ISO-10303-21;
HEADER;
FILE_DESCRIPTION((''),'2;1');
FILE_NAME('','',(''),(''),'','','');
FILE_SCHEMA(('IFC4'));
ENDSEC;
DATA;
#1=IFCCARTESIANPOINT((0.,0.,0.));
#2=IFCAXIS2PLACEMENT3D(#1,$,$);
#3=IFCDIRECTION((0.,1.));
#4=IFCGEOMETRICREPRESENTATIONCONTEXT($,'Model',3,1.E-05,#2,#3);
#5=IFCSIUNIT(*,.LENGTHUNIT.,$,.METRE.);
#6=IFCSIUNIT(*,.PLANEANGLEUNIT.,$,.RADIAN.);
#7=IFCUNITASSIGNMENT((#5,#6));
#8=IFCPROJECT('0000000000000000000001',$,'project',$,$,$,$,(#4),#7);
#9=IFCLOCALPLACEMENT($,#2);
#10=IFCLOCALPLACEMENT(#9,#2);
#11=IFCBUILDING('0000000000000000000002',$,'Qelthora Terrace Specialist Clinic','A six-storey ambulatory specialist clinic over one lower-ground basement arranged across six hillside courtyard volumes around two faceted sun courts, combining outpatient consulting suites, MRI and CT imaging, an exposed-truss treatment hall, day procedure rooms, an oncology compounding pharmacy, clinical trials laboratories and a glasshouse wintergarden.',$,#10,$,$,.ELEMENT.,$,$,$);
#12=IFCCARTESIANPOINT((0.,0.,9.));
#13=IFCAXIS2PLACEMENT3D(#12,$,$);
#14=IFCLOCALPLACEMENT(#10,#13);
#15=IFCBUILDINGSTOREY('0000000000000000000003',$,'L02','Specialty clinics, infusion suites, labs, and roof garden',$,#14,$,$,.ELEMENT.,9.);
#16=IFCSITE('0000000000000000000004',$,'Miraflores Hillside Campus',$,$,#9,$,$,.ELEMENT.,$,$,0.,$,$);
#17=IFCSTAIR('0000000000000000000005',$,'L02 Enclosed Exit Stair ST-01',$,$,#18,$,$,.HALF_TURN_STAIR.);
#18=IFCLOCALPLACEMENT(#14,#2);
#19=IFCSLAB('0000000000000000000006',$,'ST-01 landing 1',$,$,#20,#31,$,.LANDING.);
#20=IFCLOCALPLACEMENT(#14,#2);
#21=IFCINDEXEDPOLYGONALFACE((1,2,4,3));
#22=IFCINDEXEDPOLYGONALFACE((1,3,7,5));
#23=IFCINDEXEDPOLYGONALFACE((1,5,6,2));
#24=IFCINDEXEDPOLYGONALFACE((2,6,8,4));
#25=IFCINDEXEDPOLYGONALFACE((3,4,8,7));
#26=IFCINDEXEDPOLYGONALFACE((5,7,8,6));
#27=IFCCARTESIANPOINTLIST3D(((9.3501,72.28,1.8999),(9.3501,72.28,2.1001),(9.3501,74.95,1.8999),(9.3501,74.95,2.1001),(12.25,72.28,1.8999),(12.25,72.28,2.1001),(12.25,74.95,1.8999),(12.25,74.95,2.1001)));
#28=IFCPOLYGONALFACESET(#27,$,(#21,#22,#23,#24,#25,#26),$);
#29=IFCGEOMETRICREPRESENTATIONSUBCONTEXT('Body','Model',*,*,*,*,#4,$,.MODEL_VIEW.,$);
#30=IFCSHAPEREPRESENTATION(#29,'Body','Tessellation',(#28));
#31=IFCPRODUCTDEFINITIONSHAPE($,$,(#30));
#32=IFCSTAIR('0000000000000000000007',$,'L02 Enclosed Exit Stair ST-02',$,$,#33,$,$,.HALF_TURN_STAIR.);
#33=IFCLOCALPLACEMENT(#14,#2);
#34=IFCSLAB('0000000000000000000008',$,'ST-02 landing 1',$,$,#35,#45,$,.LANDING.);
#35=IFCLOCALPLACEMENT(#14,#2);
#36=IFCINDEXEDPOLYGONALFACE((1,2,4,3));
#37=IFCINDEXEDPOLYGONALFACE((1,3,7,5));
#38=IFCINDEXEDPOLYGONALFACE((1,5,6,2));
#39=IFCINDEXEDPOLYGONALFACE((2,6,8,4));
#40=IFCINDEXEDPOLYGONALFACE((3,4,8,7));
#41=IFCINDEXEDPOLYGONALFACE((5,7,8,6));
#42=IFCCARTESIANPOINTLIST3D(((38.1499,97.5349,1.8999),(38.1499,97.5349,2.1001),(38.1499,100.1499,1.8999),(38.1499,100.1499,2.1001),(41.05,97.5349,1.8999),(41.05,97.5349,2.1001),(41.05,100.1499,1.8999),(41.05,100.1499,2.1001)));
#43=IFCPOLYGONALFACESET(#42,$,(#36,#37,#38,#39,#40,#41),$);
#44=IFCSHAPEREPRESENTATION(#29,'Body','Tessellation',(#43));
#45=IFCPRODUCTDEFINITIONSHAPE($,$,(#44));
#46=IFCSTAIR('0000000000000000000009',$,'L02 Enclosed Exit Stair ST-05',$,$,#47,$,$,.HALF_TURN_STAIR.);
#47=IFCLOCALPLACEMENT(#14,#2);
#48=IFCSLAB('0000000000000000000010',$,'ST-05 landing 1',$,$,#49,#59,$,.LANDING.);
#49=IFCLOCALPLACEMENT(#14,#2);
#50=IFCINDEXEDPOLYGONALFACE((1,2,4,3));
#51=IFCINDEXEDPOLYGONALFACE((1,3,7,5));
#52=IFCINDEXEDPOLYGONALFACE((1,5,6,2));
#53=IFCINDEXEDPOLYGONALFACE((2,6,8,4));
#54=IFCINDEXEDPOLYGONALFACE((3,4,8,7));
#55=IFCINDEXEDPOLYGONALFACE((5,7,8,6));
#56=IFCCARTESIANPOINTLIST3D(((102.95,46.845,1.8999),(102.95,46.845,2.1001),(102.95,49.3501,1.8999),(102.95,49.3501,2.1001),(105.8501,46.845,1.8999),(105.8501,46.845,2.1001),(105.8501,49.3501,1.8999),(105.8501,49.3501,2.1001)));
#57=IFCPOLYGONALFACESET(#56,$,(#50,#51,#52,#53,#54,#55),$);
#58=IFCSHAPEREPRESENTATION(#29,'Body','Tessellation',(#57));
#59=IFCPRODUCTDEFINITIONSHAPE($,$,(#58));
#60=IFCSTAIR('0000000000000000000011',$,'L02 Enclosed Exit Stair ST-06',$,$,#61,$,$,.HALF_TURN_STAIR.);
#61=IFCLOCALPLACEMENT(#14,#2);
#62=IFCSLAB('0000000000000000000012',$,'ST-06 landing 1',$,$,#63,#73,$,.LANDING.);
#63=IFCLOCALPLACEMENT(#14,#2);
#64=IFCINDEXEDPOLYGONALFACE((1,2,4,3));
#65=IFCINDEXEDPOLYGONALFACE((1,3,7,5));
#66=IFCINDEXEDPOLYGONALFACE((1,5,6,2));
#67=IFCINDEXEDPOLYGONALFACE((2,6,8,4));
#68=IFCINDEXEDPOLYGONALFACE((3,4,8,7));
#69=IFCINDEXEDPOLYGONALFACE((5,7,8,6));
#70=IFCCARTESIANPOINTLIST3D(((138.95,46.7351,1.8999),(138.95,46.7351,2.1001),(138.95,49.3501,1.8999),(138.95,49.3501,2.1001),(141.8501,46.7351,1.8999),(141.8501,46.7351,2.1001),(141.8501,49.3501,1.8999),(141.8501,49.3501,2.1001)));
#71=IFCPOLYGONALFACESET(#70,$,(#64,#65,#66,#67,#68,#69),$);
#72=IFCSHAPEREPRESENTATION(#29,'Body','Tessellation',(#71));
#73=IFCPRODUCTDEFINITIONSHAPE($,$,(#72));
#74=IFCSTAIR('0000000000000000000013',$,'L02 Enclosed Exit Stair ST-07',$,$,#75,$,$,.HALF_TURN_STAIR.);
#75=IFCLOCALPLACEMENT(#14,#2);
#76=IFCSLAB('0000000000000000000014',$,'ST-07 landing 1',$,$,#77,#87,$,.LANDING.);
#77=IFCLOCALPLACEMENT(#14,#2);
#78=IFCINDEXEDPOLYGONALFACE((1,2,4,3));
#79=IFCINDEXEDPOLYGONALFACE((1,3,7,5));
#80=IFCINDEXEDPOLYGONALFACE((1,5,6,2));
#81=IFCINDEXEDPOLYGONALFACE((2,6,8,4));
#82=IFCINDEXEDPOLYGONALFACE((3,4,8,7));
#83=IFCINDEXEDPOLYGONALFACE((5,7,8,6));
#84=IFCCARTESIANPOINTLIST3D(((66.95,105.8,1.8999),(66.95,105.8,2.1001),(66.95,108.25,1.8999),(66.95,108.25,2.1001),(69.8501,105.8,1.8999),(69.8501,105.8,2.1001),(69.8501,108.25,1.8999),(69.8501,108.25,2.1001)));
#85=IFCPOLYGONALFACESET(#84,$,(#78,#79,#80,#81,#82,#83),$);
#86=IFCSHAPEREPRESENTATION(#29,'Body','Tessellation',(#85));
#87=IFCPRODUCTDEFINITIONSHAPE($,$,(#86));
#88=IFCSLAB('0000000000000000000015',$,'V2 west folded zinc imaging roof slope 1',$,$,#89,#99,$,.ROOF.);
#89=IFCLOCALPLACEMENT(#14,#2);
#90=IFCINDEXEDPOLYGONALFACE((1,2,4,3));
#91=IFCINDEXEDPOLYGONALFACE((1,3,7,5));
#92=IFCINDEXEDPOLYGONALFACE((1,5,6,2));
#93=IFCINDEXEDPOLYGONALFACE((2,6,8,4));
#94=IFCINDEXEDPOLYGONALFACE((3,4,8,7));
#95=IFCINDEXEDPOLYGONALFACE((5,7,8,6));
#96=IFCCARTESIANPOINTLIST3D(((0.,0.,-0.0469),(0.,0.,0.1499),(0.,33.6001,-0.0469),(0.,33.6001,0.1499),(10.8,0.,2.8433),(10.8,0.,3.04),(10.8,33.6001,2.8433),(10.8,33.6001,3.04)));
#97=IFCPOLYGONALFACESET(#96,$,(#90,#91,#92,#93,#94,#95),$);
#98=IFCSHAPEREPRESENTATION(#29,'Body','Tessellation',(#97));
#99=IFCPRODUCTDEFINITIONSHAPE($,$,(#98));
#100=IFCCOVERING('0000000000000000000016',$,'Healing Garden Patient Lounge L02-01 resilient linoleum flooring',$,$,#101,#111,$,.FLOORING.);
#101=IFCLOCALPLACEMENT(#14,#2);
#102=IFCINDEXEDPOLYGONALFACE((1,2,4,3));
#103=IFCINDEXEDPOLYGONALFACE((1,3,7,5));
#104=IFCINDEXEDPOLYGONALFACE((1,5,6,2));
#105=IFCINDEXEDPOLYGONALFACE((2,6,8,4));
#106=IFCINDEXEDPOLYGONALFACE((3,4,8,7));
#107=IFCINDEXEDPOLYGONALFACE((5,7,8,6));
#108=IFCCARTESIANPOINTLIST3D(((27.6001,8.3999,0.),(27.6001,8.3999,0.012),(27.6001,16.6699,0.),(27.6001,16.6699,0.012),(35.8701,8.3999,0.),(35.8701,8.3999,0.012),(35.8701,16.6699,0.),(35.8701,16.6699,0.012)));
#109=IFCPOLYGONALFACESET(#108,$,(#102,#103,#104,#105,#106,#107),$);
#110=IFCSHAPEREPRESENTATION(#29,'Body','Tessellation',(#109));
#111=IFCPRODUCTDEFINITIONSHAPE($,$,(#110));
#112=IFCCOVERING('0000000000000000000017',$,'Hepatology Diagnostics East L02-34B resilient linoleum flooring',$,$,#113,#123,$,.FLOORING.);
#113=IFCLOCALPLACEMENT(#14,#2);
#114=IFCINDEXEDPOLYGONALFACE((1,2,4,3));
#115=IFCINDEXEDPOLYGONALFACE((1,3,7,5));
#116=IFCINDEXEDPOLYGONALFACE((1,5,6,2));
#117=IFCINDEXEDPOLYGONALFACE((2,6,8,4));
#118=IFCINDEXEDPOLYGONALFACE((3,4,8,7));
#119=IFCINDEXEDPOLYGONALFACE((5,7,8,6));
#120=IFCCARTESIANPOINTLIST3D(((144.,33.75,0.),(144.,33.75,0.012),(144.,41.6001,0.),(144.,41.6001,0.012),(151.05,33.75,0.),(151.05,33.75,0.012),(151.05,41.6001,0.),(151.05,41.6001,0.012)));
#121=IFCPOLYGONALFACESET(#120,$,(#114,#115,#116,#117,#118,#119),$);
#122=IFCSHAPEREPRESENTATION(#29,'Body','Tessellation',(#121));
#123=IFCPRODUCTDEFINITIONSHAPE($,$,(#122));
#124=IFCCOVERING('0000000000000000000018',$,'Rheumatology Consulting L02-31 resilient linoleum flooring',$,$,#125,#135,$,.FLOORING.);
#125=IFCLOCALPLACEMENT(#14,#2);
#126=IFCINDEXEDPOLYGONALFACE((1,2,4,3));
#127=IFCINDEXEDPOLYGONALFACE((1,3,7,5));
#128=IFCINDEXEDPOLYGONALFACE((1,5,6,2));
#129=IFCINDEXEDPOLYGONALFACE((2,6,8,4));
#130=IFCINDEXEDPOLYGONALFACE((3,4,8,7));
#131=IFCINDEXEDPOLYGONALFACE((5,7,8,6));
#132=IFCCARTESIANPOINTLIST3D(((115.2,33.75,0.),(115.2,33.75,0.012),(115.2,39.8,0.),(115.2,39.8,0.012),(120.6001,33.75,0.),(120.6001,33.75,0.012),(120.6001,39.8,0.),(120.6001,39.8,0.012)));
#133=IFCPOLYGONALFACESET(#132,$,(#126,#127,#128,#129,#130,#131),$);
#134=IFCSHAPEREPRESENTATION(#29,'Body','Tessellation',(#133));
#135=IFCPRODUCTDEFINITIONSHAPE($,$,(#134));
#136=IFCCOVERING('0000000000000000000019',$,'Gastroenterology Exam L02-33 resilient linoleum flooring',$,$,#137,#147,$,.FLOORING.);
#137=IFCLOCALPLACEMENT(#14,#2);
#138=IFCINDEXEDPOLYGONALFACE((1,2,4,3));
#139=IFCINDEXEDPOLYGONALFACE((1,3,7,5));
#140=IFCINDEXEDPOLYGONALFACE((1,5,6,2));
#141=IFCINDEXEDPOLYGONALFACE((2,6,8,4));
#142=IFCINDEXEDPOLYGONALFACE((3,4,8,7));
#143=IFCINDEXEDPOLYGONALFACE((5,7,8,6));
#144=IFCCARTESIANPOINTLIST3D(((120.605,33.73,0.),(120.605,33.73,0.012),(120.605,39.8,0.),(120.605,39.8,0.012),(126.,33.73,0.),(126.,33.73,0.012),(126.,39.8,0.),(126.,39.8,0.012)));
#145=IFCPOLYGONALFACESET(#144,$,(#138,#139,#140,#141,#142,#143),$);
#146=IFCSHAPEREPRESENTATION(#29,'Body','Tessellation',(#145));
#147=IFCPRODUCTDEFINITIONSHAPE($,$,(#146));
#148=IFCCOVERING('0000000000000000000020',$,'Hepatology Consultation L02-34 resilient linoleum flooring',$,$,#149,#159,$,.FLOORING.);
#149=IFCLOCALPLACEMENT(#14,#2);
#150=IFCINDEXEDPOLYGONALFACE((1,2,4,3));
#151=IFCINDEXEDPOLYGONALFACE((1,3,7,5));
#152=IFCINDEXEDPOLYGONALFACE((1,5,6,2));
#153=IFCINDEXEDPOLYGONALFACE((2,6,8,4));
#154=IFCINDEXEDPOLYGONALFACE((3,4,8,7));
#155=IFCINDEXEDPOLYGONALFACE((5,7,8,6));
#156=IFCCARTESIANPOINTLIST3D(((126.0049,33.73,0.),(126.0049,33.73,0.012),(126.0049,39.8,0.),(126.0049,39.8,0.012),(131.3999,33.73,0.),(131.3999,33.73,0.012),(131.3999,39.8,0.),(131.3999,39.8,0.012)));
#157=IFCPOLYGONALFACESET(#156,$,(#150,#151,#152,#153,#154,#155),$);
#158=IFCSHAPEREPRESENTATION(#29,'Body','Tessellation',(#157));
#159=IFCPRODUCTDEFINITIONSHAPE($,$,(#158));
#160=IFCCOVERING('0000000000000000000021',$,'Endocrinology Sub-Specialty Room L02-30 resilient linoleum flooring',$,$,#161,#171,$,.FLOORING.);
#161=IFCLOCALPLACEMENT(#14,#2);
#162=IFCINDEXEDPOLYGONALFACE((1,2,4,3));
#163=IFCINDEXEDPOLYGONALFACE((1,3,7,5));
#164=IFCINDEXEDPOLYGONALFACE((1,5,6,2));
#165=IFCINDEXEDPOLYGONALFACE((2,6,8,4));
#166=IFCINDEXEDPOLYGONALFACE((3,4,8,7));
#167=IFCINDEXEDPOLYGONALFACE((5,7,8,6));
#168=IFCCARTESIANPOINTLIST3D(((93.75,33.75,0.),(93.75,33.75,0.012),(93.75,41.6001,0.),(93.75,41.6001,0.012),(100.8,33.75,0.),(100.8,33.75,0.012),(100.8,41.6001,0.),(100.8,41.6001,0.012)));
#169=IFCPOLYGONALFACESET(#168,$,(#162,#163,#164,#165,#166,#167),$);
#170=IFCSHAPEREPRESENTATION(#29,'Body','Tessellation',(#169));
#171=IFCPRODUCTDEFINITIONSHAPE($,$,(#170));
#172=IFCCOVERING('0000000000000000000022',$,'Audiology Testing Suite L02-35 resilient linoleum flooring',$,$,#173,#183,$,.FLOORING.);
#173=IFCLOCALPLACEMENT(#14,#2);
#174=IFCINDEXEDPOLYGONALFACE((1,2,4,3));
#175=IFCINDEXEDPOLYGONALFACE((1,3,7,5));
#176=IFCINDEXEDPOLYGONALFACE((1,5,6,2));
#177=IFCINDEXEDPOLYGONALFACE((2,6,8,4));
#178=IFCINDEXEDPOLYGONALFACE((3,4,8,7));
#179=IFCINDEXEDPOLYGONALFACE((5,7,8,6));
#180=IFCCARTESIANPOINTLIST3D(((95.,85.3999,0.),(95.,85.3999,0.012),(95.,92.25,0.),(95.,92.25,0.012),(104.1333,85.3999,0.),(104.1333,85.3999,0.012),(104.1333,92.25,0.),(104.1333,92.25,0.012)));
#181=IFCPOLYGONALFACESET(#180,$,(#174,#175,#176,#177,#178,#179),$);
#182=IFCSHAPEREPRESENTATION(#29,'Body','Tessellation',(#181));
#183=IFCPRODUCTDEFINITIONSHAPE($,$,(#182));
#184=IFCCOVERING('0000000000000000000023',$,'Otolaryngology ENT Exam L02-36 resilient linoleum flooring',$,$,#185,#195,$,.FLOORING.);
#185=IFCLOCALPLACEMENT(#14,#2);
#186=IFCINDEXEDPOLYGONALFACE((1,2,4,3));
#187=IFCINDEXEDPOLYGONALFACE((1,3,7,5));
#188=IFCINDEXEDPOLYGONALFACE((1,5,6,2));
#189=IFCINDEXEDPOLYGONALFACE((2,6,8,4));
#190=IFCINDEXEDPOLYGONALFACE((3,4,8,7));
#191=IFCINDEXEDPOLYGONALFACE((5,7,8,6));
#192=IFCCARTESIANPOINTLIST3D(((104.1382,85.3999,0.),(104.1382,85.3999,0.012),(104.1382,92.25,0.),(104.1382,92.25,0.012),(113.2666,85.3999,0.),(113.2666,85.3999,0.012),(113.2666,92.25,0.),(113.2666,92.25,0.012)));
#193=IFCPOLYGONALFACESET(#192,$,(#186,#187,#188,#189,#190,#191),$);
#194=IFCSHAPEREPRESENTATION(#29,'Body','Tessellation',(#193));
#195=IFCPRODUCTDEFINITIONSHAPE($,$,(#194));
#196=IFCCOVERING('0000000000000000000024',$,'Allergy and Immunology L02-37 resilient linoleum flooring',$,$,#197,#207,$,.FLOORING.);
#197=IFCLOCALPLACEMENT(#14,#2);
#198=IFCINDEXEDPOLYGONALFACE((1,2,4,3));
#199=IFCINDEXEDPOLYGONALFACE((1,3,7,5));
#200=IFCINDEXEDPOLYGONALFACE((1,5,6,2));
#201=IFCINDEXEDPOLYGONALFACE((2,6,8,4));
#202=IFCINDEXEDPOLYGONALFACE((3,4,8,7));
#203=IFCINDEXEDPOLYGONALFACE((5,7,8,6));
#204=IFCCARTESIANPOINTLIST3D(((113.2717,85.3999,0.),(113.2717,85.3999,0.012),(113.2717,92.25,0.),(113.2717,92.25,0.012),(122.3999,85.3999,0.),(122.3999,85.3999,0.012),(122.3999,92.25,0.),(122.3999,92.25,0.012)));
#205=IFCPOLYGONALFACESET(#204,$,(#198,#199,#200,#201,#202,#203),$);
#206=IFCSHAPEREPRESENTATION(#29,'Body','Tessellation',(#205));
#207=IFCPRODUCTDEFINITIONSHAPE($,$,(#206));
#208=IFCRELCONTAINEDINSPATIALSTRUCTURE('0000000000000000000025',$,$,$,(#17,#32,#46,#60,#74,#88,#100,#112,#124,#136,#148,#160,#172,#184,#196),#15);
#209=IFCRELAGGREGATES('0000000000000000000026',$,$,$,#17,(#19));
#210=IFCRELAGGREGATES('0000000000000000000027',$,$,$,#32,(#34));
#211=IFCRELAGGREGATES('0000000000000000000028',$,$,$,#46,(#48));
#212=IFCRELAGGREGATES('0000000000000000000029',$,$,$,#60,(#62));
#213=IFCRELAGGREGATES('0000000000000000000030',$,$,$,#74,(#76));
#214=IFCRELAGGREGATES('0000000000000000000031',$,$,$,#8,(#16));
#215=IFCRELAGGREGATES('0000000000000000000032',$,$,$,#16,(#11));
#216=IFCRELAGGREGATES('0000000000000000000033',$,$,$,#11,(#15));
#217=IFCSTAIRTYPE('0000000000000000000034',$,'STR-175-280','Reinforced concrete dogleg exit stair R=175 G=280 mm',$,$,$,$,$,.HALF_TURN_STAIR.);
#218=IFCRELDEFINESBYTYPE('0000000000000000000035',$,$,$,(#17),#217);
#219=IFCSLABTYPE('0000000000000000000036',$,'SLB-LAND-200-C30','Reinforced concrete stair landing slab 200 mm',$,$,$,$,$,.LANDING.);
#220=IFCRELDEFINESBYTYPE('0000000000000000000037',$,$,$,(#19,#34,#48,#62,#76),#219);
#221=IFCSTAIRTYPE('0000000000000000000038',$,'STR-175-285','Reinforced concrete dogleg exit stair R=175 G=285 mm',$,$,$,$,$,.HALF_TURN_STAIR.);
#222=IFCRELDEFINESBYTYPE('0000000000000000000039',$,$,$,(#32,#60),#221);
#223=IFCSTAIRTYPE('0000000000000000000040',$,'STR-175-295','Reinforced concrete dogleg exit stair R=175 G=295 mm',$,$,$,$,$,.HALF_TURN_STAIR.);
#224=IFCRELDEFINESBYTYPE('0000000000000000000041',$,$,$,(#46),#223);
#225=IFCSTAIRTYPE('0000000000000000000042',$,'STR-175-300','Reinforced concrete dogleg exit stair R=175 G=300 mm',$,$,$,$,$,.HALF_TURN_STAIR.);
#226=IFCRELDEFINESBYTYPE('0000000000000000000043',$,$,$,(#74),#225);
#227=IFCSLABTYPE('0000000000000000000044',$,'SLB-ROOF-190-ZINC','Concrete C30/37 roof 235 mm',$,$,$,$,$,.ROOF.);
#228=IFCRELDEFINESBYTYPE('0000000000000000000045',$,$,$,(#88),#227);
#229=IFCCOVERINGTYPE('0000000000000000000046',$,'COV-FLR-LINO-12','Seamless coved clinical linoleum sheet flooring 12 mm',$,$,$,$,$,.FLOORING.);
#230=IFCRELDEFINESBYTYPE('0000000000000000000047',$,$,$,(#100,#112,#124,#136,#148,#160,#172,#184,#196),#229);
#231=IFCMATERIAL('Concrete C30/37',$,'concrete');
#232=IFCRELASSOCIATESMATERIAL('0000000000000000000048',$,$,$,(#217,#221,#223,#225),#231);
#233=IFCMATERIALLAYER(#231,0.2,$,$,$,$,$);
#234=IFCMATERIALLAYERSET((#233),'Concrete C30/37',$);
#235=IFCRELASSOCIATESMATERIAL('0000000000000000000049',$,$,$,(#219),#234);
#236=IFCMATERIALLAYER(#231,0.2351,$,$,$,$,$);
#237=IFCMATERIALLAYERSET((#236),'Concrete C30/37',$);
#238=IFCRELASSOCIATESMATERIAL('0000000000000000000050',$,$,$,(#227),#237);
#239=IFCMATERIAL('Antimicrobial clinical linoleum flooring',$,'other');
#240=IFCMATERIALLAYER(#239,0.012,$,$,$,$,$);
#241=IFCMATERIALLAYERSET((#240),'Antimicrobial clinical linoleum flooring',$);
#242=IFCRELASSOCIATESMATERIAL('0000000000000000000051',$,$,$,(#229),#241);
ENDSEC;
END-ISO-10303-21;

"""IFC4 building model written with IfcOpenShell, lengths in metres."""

from ifc_helpers import new_model, si_unit, direction, frame, origin, place, context, subcontext, project, spatial, polyline, outline, extrude, material, layer, layer_set, type_object, element, aggregate, save


model = new_model("IFC4")

# Units and contexts
model_context = context("Model", 3, precision=1e-05, world=origin(), true_north=direction((0.0, 1.0)))
body_context = subcontext(model_context, "Body", "Model", "MODEL_VIEW")
ifc_project = project(units=[si_unit("LENGTHUNIT", "METRE"), si_unit("PLANEANGLEUNIT", "RADIAN")], contexts=[model_context])

# Site, building, storey
site_placement = place(None, origin())
site = spatial("IfcSite", under=ifc_project, at=site_placement, Name="Miraflores Hillside Campus", CompositionType="ELEMENT", RefElevation=0.0)
building_placement = place(site_placement, origin())
building = spatial("IfcBuilding", under=site, at=building_placement, Name="Qelthora Terrace Specialist Clinic", Description="A six-storey ambulatory specialist clinic over one lower-ground basement arranged across six hillside courtyard volumes around two faceted sun courts, combining outpatient consulting suites, MRI and CT imaging, an exposed-truss treatment hall, day procedure rooms, an oncology compounding pharmacy, clinical trials laboratories and a glasshouse wintergarden.", CompositionType="ELEMENT")
storey_placement = place(building_placement, frame((0.0, 0.0, 9.0)))
storey = spatial("IfcBuildingStorey", under=building, at=storey_placement, Name="L02", Description="Specialty clinics, infusion suites, labs, and roof garden", CompositionType="ELEMENT", Elevation=9.0)

# Stairs, slabs
ifc_material_1 = material(Name="Concrete C30/37", Category="concrete")
stair_type_1 = type_object("IfcStairType", Name="STR-175-280", Description="Reinforced concrete dogleg exit stair R=175 G=280 mm", PredefinedType="HALF_TURN_STAIR", material=ifc_material_1)
stair_1_placement = place(storey_placement, origin())
stair_1 = element("IfcStair", 1, at=stair_1_placement, inside=storey, type_object=stair_type_1, Name="L02 Enclosed Exit Stair ST-01", PredefinedType="HALF_TURN_STAIR")
ifc_layer_1 = layer(ifc_material_1, 0.2)
ifc_layer_set_1 = layer_set([ifc_layer_1], Name="Concrete C30/37")
slab_type_1 = type_object("IfcSlabType", Name="SLB-LAND-200-C30", Description="Reinforced concrete stair landing slab 200 mm", PredefinedType="LANDING", material=ifc_layer_set_1)
slab_1_placement = place(storey_placement, frame((0.0, 0.0, 1.8999)))
slab_1 = element("IfcSlab", 2, at=slab_1_placement, type_object=slab_type_1, Name="ST-01 landing 1", PredefinedType="LANDING", context=body_context, shape_type="SweptSolid", body=[
    extrude(outline(polyline([(12.25, 72.28), (12.25, 74.95), (9.3501, 74.95), (9.3501, 72.28), (12.25, 72.28)])), origin(), (0.0, 0.0, 1.0), 0.2002),
])
aggregate(stair_1, [slab_1])
stair_type_2 = type_object("IfcStairType", Name="STR-175-285", Description="Reinforced concrete dogleg exit stair R=175 G=285 mm", PredefinedType="HALF_TURN_STAIR", material=ifc_material_1)
stair_2_placement = place(storey_placement, origin())
stair_2 = element("IfcStair", 3, at=stair_2_placement, inside=storey, type_object=stair_type_2, Name="L02 Enclosed Exit Stair ST-02", PredefinedType="HALF_TURN_STAIR")
slab_2_placement = place(storey_placement, frame((0.0, 0.0, 1.8999)))
slab_2 = element("IfcSlab", 4, at=slab_2_placement, type_object=slab_type_1, Name="ST-02 landing 1", PredefinedType="LANDING", context=body_context, shape_type="SweptSolid", body=[
    extrude(outline(polyline([(41.05, 97.5349), (41.05, 100.1499), (38.1499, 100.1499), (38.1499, 97.5349), (41.05, 97.5349)])), origin(), (0.0, 0.0, 1.0), 0.2002),
])
aggregate(stair_2, [slab_2])
stair_type_3 = type_object("IfcStairType", Name="STR-175-295", Description="Reinforced concrete dogleg exit stair R=175 G=295 mm", PredefinedType="HALF_TURN_STAIR", material=ifc_material_1)
stair_3_placement = place(storey_placement, origin())
stair_3 = element("IfcStair", 5, at=stair_3_placement, inside=storey, type_object=stair_type_3, Name="L02 Enclosed Exit Stair ST-05", PredefinedType="HALF_TURN_STAIR")
slab_3_placement = place(storey_placement, frame((0.0, 0.0, 1.8999)))
slab_3 = element("IfcSlab", 6, at=slab_3_placement, type_object=slab_type_1, Name="ST-05 landing 1", PredefinedType="LANDING", context=body_context, shape_type="SweptSolid", body=[
    extrude(outline(polyline([(105.8501, 46.845), (105.8501, 49.3501), (102.95, 49.3501), (102.95, 46.845), (105.8501, 46.845)])), origin(), (0.0, 0.0, 1.0), 0.2002),
])
aggregate(stair_3, [slab_3])
stair_4_placement = place(storey_placement, origin())
stair_4 = element("IfcStair", 7, at=stair_4_placement, inside=storey, type_object=stair_type_2, Name="L02 Enclosed Exit Stair ST-06", PredefinedType="HALF_TURN_STAIR")
slab_4_placement = place(storey_placement, frame((0.0, 0.0, 1.8999)))
slab_4 = element("IfcSlab", 8, at=slab_4_placement, type_object=slab_type_1, Name="ST-06 landing 1", PredefinedType="LANDING", context=body_context, shape_type="SweptSolid", body=[
    extrude(outline(polyline([(141.8501, 46.7351), (141.8501, 49.3501), (138.95, 49.3501), (138.95, 46.7351), (141.8501, 46.7351)])), origin(), (0.0, 0.0, 1.0), 0.2002),
])
aggregate(stair_4, [slab_4])
stair_type_4 = type_object("IfcStairType", Name="STR-175-300", Description="Reinforced concrete dogleg exit stair R=175 G=300 mm", PredefinedType="HALF_TURN_STAIR", material=ifc_material_1)
stair_5_placement = place(storey_placement, origin())
stair_5 = element("IfcStair", 9, at=stair_5_placement, inside=storey, type_object=stair_type_4, Name="L02 Enclosed Exit Stair ST-07", PredefinedType="HALF_TURN_STAIR")
slab_5_placement = place(storey_placement, frame((0.0, 0.0, 1.8999)))
slab_5 = element("IfcSlab", 10, at=slab_5_placement, type_object=slab_type_1, Name="ST-07 landing 1", PredefinedType="LANDING", context=body_context, shape_type="SweptSolid", body=[
    extrude(outline(polyline([(69.8501, 105.8), (69.8501, 108.25), (66.95, 108.25), (66.95, 105.8), (69.8501, 105.8)])), origin(), (0.0, 0.0, 1.0), 0.2002),
])
aggregate(stair_5, [slab_5])

# Slab
ifc_layer_2 = layer(ifc_material_1, 0.2351)
ifc_layer_set_2 = layer_set([ifc_layer_2], Name="Concrete C30/37")
slab_type_2 = type_object("IfcSlabType", Name="SLB-ROOF-190-ZINC", Description="Concrete C30/37 roof 235 mm", PredefinedType="ROOF", material=ifc_layer_set_2)
slab_6_placement = place(storey_placement, frame((0.0, 0.0, -0.0469), z_axis=(-0.258508, 0.0, 0.966009), x_axis=(0.966009, 0.0, 0.258508)))
element("IfcSlab", 11, at=slab_6_placement, inside=storey, type_object=slab_type_2, Name="V2 west folded zinc imaging roof slope 1", PredefinedType="ROOF", context=body_context, shape_type="SweptSolid", body=[
    extrude(outline(polyline([(0.0, 0.0), (11.1801, 0.0), (11.1801, 33.6001), (0.0, 33.6001), (0.0, 0.0)])), origin(), (0.258508, 0.0, 0.966009), 0.1968),
])

# Coverings
ifc_material_2 = material(Name="Antimicrobial clinical linoleum flooring", Category="other")
ifc_layer_3 = layer(ifc_material_2, 0.012)
ifc_layer_set_3 = layer_set([ifc_layer_3], Name="Antimicrobial clinical linoleum flooring")
covering_type_1 = type_object("IfcCoveringType", Name="COV-FLR-LINO-12", Description="Seamless coved clinical linoleum sheet flooring 12 mm", PredefinedType="FLOORING", material=ifc_layer_set_3)
covering_1_placement = place(storey_placement, origin())
element("IfcCovering", 12, at=covering_1_placement, inside=storey, type_object=covering_type_1, Name="Healing Garden Patient Lounge L02-01 resilient linoleum flooring", PredefinedType="FLOORING", context=body_context, shape_type="SweptSolid", body=[
    extrude(outline(polyline([(35.8701, 8.3999), (27.6001, 8.3999), (27.6001, 16.6699), (35.8701, 16.6699), (35.8701, 8.3999)])), origin(), (0.0, 0.0, 1.0), 0.012),
])
covering_2_placement = place(storey_placement, origin())
element("IfcCovering", 13, at=covering_2_placement, inside=storey, type_object=covering_type_1, Name="Hepatology Diagnostics East L02-34B resilient linoleum flooring", PredefinedType="FLOORING", context=body_context, shape_type="SweptSolid", body=[
    extrude(outline(polyline([(144.0, 33.75), (144.0, 41.6001), (151.05, 41.6001), (151.05, 33.75), (144.0, 33.75)])), origin(), (0.0, 0.0, 1.0), 0.012),
])
covering_3_placement = place(storey_placement, origin())
element("IfcCovering", 14, at=covering_3_placement, inside=storey, type_object=covering_type_1, Name="Rheumatology Consulting L02-31 resilient linoleum flooring", PredefinedType="FLOORING", context=body_context, shape_type="SweptSolid", body=[
    extrude(outline(polyline([(115.2, 33.75), (115.2, 39.8), (120.6001, 39.8), (120.6001, 33.75), (115.2, 33.75)])), origin(), (0.0, 0.0, 1.0), 0.012),
])
covering_4_placement = place(storey_placement, origin())
element("IfcCovering", 15, at=covering_4_placement, inside=storey, type_object=covering_type_1, Name="Gastroenterology Exam L02-33 resilient linoleum flooring", PredefinedType="FLOORING", context=body_context, shape_type="SweptSolid", body=[
    extrude(outline(polyline([(120.605, 39.8), (126.0, 39.8), (126.0, 33.73), (120.605, 33.73), (120.605, 39.8)])), origin(), (0.0, 0.0, 1.0), 0.012),
])
covering_5_placement = place(storey_placement, origin())
element("IfcCovering", 16, at=covering_5_placement, inside=storey, type_object=covering_type_1, Name="Hepatology Consultation L02-34 resilient linoleum flooring", PredefinedType="FLOORING", context=body_context, shape_type="SweptSolid", body=[
    extrude(outline(polyline([(126.0049, 39.8), (131.3999, 39.8), (131.3999, 33.73), (126.0049, 33.73), (126.0049, 39.8)])), origin(), (0.0, 0.0, 1.0), 0.012),
])
covering_6_placement = place(storey_placement, origin())
element("IfcCovering", 17, at=covering_6_placement, inside=storey, type_object=covering_type_1, Name="Endocrinology Sub-Specialty Room L02-30 resilient linoleum flooring", PredefinedType="FLOORING", context=body_context, shape_type="SweptSolid", body=[
    extrude(outline(polyline([(93.75, 33.75), (93.75, 41.6001), (100.8, 41.6001), (100.8, 33.75), (93.75, 33.75)])), origin(), (0.0, 0.0, 1.0), 0.012),
])
covering_7_placement = place(storey_placement, origin())
element("IfcCovering", 18, at=covering_7_placement, inside=storey, type_object=covering_type_1, Name="Audiology Testing Suite L02-35 resilient linoleum flooring", PredefinedType="FLOORING", context=body_context, shape_type="SweptSolid", body=[
    extrude(outline(polyline([(95.0, 85.3999), (95.0, 92.25), (104.1333, 92.25), (104.1333, 85.3999), (95.0, 85.3999)])), origin(), (0.0, 0.0, 1.0), 0.012),
])
covering_8_placement = place(storey_placement, origin())
element("IfcCovering", 19, at=covering_8_placement, inside=storey, type_object=covering_type_1, Name="Otolaryngology ENT Exam L02-36 resilient linoleum flooring", PredefinedType="FLOORING", context=body_context, shape_type="SweptSolid", body=[
    extrude(outline(polyline([(104.1382, 85.3999), (104.1382, 92.25), (113.2666, 92.25), (113.2666, 85.3999), (104.1382, 85.3999)])), origin(), (0.0, 0.0, 1.0), 0.012),
])
covering_9_placement = place(storey_placement, origin())
element("IfcCovering", 20, at=covering_9_placement, inside=storey, type_object=covering_type_1, Name="Allergy and Immunology L02-37 resilient linoleum flooring", PredefinedType="FLOORING", context=body_context, shape_type="SweptSolid", body=[
    extrude(outline(polyline([(113.2717, 85.3999), (113.2717, 92.25), (122.3999, 92.25), (122.3999, 85.3999), (113.2717, 85.3999)])), origin(), (0.0, 0.0, 1.0), 0.012),
])

save(model, "model.ifc")
